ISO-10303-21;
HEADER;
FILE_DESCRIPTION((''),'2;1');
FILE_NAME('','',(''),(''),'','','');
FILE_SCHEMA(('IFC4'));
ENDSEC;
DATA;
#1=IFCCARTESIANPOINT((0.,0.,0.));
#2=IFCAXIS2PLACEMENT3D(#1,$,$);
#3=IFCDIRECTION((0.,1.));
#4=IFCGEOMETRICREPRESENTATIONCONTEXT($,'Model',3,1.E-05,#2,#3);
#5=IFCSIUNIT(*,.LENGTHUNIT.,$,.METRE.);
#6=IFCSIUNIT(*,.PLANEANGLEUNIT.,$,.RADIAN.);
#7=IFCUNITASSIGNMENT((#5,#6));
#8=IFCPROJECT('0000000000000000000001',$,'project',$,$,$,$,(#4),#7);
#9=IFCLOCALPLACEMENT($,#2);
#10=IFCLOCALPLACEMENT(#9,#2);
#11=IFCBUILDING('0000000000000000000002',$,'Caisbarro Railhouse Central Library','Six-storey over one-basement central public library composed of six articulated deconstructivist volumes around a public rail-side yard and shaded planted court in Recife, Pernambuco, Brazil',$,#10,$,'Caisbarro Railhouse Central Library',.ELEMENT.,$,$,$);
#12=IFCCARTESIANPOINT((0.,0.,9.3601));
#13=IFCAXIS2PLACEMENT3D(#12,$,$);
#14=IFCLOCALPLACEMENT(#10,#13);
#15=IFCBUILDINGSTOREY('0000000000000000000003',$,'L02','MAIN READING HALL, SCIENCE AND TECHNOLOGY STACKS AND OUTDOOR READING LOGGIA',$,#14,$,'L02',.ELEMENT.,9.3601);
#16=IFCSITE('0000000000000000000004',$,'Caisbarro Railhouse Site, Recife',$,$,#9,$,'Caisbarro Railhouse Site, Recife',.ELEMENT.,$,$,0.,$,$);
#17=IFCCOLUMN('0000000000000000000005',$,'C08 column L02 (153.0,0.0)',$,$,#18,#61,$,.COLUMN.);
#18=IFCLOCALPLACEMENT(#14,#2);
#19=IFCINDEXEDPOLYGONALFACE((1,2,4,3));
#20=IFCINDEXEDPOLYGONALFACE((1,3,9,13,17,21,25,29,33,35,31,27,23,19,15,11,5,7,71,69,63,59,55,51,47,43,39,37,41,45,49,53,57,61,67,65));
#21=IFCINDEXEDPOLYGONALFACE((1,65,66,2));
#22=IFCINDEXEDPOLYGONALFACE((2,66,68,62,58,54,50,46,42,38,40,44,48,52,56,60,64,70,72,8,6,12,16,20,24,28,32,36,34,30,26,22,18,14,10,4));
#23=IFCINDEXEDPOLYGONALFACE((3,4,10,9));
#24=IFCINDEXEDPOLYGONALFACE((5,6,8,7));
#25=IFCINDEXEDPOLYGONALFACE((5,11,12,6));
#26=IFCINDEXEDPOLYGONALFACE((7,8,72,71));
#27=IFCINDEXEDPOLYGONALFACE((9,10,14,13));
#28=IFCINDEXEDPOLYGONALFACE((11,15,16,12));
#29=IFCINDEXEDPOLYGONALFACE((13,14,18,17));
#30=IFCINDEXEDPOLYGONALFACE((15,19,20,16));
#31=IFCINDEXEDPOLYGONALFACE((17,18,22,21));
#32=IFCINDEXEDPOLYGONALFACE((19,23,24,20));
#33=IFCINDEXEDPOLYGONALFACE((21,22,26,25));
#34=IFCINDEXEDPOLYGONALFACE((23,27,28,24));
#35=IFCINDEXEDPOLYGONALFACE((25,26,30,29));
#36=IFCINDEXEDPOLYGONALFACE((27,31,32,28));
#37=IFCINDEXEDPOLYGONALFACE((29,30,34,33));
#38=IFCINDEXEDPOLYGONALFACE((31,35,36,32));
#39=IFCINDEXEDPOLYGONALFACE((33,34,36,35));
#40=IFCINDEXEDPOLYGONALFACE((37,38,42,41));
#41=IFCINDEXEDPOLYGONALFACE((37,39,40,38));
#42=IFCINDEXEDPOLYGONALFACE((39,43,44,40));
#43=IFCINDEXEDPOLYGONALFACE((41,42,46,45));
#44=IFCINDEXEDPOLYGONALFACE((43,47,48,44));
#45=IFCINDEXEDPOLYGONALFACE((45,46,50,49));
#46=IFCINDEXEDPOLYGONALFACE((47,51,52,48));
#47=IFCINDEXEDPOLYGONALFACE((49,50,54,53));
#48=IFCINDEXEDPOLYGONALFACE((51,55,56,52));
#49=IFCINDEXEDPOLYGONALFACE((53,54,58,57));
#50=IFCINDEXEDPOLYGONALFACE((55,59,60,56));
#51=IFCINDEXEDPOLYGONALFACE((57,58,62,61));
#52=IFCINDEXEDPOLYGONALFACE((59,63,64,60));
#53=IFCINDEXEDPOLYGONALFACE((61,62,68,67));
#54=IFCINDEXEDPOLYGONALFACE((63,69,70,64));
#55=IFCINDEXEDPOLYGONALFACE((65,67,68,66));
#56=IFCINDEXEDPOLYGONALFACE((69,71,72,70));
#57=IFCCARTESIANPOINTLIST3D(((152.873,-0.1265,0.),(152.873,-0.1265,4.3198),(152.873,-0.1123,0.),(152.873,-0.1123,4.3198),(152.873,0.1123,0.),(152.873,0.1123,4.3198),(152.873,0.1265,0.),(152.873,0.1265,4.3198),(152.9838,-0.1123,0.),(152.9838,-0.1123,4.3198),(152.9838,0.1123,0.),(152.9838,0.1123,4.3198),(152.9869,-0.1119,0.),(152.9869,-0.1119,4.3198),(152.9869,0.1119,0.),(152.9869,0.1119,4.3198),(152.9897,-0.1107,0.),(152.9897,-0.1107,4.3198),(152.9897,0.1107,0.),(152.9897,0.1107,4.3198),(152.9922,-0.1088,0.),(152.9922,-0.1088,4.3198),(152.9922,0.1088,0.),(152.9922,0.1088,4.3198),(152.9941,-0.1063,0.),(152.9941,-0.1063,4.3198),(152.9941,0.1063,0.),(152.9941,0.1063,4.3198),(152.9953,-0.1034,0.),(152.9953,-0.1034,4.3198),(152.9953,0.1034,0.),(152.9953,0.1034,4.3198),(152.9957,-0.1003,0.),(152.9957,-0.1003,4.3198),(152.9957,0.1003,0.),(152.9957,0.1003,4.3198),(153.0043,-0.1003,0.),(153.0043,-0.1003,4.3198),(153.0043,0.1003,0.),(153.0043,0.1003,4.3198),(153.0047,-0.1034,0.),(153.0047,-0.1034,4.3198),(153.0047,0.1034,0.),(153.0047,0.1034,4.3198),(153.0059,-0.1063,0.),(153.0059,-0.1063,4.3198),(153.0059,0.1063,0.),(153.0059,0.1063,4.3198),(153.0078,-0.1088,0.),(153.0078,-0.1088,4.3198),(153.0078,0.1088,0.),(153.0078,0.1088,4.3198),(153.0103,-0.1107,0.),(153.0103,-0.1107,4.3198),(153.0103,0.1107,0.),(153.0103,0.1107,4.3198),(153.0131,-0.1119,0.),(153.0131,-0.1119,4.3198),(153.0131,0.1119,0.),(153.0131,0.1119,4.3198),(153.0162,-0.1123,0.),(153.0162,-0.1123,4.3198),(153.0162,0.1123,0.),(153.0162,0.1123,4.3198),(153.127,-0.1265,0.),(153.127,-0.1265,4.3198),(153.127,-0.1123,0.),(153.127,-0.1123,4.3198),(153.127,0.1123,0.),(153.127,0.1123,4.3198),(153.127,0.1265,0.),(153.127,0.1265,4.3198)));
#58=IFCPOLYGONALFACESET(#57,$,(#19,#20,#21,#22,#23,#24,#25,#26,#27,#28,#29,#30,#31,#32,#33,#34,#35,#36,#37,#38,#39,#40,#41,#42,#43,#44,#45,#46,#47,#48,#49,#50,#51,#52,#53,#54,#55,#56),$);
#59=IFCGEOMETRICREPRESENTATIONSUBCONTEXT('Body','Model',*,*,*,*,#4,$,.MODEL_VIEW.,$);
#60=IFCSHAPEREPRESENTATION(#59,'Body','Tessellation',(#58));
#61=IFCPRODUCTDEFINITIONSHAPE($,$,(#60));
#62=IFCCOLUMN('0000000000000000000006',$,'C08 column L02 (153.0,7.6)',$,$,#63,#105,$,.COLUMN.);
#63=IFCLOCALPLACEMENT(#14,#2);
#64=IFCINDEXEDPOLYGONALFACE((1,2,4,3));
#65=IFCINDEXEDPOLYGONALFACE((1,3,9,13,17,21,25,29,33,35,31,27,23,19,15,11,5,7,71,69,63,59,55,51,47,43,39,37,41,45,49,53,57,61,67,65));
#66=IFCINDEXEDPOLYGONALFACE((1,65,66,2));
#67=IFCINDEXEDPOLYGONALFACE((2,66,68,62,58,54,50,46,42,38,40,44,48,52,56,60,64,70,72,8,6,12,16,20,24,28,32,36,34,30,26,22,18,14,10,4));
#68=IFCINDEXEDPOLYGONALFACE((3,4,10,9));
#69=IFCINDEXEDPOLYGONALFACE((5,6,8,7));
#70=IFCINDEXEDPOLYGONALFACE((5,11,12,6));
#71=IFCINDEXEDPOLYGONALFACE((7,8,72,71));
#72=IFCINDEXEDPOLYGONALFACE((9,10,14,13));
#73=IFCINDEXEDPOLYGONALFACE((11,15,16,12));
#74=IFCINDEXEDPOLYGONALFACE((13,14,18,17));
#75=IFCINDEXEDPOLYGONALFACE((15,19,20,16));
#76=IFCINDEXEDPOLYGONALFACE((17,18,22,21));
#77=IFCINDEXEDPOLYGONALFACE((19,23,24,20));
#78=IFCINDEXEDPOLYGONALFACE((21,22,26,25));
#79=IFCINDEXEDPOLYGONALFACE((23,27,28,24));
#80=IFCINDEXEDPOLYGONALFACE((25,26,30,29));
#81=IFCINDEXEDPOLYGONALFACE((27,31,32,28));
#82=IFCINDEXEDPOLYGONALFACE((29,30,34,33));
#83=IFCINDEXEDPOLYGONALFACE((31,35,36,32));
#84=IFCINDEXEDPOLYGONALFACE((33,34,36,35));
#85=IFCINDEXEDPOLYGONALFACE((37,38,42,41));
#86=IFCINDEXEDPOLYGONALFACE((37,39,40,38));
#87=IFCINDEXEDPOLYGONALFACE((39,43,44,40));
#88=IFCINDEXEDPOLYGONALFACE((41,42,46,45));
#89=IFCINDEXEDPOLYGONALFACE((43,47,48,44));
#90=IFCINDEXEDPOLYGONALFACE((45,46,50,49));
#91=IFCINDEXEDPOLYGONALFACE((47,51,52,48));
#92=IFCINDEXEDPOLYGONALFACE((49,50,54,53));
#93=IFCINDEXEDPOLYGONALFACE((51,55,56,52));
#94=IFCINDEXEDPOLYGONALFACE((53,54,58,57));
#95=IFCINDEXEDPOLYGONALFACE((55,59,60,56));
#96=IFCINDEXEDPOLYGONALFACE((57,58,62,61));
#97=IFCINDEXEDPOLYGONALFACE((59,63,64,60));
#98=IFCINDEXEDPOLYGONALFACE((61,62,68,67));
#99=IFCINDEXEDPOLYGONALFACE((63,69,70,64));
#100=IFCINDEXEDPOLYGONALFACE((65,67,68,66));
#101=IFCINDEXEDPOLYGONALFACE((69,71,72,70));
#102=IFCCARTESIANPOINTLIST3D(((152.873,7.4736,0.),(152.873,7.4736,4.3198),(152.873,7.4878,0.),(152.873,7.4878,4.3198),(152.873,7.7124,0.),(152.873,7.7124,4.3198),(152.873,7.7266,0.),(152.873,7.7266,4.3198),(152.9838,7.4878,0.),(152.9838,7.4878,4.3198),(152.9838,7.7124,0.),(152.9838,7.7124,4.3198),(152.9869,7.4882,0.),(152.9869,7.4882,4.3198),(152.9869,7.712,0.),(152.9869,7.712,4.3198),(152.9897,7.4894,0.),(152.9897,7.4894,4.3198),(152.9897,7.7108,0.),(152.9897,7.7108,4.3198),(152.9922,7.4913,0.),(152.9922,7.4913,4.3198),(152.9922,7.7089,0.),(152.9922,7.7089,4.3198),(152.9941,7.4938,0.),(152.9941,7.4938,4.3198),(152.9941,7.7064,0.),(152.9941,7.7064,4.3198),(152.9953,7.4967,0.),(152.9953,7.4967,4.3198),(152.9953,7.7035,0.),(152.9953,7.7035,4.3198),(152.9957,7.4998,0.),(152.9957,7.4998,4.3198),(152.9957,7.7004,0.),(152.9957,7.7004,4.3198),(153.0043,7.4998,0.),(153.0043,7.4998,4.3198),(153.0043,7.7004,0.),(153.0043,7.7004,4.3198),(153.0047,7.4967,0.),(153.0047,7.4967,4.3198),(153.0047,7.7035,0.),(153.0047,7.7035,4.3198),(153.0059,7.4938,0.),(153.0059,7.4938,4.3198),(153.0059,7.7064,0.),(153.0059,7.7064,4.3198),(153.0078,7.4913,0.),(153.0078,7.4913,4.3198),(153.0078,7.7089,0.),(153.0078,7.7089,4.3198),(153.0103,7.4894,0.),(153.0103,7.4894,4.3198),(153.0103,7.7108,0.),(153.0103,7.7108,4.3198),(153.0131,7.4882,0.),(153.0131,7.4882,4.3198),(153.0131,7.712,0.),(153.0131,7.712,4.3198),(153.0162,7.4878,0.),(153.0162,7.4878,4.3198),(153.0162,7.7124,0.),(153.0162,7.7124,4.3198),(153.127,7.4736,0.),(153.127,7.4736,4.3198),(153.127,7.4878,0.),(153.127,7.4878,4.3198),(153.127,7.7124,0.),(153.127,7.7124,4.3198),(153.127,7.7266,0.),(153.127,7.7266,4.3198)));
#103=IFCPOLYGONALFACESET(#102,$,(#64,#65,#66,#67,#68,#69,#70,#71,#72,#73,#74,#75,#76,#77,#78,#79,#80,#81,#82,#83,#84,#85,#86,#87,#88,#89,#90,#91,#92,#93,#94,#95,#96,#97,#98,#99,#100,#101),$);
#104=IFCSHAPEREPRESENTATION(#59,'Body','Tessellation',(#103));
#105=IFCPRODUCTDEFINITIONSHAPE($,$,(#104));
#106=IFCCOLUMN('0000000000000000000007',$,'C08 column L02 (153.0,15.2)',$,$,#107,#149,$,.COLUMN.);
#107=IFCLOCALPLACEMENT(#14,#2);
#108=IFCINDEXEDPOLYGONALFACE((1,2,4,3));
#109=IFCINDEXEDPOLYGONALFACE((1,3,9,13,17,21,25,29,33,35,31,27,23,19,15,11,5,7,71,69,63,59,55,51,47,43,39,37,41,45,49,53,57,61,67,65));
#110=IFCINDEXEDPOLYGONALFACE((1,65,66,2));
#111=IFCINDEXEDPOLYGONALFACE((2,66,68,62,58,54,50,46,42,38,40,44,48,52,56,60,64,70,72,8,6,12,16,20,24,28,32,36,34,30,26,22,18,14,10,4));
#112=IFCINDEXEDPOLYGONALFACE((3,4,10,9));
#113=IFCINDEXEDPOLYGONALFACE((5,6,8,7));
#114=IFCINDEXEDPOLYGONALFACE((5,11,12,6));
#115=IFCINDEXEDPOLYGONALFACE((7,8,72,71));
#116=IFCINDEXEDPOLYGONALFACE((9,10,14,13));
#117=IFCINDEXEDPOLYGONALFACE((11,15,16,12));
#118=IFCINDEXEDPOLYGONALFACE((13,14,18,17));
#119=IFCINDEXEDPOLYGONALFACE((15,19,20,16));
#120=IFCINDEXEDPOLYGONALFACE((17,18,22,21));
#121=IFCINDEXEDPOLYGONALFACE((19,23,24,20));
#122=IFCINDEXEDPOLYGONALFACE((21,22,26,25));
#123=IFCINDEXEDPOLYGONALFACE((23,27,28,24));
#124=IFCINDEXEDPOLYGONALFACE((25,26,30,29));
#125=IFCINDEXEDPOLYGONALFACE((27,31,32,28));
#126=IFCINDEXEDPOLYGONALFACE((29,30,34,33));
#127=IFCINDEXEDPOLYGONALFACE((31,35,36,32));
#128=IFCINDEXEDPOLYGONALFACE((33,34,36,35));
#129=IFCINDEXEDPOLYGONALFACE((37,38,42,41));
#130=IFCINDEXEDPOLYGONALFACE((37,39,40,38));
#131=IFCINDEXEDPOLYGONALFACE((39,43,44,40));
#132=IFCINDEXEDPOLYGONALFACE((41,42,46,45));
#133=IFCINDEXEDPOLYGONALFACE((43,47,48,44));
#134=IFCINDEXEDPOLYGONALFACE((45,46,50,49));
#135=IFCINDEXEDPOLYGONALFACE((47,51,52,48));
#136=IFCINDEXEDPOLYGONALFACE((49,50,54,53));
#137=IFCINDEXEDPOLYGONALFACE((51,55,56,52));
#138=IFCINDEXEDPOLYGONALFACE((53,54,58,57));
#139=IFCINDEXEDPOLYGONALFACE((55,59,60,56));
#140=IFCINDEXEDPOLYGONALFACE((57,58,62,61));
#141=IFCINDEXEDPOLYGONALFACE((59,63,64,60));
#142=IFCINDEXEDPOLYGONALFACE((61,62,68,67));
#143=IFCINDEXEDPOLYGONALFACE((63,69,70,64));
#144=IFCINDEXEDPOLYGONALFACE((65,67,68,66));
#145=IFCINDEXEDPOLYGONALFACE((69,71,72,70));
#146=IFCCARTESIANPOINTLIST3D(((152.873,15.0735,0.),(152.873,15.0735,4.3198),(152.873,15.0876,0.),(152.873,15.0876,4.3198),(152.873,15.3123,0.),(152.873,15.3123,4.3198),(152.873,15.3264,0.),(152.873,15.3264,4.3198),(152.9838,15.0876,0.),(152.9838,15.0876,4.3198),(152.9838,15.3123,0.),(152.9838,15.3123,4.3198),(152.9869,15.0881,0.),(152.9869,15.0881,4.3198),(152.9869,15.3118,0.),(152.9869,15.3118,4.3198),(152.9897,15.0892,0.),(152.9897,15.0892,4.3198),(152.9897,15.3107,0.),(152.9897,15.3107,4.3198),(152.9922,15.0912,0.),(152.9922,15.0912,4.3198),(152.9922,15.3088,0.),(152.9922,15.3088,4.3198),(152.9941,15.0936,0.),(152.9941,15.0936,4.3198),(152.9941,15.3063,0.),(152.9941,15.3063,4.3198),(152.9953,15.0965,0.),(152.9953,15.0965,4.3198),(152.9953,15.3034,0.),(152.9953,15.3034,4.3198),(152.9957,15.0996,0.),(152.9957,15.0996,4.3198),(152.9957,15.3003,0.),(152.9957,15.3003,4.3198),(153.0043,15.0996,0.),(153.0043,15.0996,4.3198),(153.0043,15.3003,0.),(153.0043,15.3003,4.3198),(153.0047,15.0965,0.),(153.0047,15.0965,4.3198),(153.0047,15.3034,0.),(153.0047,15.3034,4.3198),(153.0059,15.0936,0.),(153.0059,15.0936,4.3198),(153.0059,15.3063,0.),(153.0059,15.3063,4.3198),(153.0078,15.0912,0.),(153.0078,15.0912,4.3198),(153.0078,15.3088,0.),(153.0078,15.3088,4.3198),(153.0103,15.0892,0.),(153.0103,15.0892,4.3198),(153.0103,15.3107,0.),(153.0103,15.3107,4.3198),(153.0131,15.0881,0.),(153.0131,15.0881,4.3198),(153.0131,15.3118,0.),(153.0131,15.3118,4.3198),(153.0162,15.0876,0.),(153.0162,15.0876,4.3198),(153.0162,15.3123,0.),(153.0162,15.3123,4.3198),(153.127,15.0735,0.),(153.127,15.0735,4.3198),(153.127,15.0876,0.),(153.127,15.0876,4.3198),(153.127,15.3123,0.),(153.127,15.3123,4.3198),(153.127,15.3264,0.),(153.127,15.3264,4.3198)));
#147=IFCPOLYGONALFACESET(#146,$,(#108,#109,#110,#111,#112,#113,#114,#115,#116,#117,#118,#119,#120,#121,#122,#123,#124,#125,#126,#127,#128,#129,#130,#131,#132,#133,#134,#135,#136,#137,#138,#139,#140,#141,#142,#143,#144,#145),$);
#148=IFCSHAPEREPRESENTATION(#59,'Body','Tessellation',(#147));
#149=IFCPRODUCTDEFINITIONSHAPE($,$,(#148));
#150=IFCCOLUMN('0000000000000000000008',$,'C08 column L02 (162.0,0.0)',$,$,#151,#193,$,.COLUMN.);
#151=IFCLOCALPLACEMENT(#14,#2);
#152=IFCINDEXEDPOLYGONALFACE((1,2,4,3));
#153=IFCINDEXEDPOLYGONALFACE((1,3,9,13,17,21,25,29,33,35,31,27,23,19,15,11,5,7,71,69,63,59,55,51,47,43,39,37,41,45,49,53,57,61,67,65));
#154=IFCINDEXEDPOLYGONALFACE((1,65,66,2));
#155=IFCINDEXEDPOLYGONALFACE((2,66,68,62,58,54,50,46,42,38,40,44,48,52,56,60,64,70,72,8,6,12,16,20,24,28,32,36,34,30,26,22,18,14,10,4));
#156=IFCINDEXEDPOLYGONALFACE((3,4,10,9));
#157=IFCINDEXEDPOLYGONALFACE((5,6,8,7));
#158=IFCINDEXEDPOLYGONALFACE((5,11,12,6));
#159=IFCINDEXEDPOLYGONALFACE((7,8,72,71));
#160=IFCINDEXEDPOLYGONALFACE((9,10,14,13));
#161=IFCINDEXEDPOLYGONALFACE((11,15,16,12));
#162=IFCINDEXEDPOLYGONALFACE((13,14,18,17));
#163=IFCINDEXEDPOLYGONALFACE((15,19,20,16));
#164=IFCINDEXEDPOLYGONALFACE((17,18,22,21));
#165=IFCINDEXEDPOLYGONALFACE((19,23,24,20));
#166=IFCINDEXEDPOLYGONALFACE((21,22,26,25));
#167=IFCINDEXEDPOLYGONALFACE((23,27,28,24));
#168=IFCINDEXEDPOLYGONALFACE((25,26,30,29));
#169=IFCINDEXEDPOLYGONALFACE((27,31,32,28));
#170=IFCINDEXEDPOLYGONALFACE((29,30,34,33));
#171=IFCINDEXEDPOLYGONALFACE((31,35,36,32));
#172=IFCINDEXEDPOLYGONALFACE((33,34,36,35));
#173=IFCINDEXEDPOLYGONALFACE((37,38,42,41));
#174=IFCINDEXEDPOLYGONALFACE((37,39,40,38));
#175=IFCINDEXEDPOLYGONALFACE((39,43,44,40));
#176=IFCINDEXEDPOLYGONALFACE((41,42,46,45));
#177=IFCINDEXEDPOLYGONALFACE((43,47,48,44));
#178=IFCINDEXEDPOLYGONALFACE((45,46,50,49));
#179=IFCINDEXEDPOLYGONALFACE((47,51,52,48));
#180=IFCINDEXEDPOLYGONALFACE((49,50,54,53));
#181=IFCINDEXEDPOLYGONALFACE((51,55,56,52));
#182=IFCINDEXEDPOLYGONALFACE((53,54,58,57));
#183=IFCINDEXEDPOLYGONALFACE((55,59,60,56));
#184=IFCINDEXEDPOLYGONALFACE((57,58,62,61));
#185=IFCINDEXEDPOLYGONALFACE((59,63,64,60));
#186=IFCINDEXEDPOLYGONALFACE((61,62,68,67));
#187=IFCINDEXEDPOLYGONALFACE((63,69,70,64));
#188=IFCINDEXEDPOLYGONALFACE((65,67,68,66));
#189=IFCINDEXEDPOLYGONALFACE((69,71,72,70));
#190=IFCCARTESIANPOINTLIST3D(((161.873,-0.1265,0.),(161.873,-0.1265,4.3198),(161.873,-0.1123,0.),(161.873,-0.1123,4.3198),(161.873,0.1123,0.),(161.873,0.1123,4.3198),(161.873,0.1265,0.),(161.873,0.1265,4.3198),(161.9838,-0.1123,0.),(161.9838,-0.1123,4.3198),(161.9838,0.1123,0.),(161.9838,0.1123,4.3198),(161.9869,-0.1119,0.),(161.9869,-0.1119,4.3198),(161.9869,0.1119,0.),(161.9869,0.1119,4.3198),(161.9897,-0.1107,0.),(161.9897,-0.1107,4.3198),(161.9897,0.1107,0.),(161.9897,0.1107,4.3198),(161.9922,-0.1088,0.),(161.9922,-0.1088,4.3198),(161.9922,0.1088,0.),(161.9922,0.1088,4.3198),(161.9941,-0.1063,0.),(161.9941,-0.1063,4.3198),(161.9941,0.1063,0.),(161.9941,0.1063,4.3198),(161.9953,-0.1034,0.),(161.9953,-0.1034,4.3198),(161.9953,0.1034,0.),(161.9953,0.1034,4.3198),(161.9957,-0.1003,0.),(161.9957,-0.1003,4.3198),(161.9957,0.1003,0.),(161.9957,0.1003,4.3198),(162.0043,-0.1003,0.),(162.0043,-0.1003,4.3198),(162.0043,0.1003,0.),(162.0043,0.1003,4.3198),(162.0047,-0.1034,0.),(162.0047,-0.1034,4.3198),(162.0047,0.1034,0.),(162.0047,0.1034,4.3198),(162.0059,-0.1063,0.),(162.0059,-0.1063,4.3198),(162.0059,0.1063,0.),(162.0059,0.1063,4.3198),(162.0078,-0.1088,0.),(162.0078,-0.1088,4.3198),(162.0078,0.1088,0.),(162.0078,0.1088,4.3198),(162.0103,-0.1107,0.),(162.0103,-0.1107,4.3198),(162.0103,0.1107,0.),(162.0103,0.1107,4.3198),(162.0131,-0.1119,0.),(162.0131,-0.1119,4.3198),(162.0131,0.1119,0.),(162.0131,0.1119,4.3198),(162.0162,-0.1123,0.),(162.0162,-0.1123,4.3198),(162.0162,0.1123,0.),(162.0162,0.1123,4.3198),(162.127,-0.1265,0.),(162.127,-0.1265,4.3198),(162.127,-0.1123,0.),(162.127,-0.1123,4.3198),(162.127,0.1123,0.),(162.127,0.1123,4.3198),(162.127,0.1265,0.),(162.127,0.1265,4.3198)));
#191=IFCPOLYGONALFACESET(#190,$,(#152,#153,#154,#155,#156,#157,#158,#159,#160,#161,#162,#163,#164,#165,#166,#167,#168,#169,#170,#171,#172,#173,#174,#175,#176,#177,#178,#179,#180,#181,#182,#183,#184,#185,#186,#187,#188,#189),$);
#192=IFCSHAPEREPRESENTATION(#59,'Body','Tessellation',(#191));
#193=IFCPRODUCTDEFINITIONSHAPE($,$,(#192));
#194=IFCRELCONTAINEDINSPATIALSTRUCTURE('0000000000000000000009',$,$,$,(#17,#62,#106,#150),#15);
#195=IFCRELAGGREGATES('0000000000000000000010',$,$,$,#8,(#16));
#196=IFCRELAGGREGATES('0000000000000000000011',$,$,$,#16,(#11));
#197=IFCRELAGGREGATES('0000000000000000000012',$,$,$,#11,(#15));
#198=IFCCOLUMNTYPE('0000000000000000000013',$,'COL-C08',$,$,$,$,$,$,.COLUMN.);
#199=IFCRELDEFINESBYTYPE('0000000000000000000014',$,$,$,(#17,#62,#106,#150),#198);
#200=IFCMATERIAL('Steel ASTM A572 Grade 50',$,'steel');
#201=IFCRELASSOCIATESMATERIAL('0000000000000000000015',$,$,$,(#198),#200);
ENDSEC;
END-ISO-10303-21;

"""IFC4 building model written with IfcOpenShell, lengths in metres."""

from ifc_helpers import new_model, si_unit, direction, frame, origin, origin_2d, place, context, subcontext, project, spatial, i_section, extrude, material, material_profile, profile_set, type_object, element, save


model = new_model("IFC4")

# Units and contexts
model_context = context("Model", 3, precision=1e-05, world=origin(), true_north=direction((0.0, 1.0)))
body_context = subcontext(model_context, "Body", "Model", "MODEL_VIEW")
ifc_project = project(units=[si_unit("LENGTHUNIT", "METRE"), si_unit("PLANEANGLEUNIT", "RADIAN")], contexts=[model_context])

# Site, building, storey
site_placement = place(None, origin())
site = spatial("IfcSite", under=ifc_project, at=site_placement, Name="Caisbarro Railhouse Site, Recife", LongName="Caisbarro Railhouse Site, Recife", CompositionType="ELEMENT", RefElevation=0.0)
building_placement = place(site_placement, origin())
building = spatial("IfcBuilding", under=site, at=building_placement, Name="Caisbarro Railhouse Central Library", Description="Six-storey over one-basement central public library composed of six articulated deconstructivist volumes around a public rail-side yard and shaded planted court in Recife, Pernambuco, Brazil", LongName="Caisbarro Railhouse Central Library", CompositionType="ELEMENT")
storey_placement = place(building_placement, frame((0.0, 0.0, 9.3601)))
storey = spatial("IfcBuildingStorey", under=building, at=storey_placement, Name="L02", Description="MAIN READING HALL, SCIENCE AND TECHNOLOGY STACKS AND OUTDOOR READING LOGGIA", LongName="L02", CompositionType="ELEMENT", Elevation=9.3601)

# Columns
ifc_material_1 = material(Name="Steel ASTM A572 Grade 50", Category="steel")
ifc_material_profile_1 = material_profile(ifc_material_1, i_section(OverallWidth=0.2539, OverallDepth=0.2529, WebThickness=0.0085, FlangeThickness=0.0142, FilletRadius=0.012, at=origin_2d()), Name="W250X73.0")
ifc_profile_set_1 = profile_set([ifc_material_profile_1], Name="Steel ASTM A572 Grade 50")
column_type = type_object("IfcColumnType", Name="COL-C08", PredefinedType="COLUMN", material=ifc_profile_set_1)
for number, where, z_axis, x_axis, name in (
    (1, (153.0, 0.0, 0.0), (0.0, 0.0, 1.0), (1.0, 0.0, 0.0), "C08 column L02 (153.0,0.0)"),
    (2, (153.0, 7.6001, 0.0), (0.0, 0.0, 1.0), (1.0, 0.0, 0.0), "C08 column L02 (153.0,7.6)"),
    (3, (153.0, 15.2, 0.0), (0.0, 0.0, 1.0), (1.0, 0.0, 0.0), "C08 column L02 (153.0,15.2)"),
    (4, (162.0, 0.0, 0.0), (0.0, 0.0, 1.0), (1.0, 0.0, 0.0), "C08 column L02 (162.0,0.0)"),
):
    element("IfcColumn", number, at=place(storey_placement, frame(where, z_axis=z_axis, x_axis=x_axis)), inside=storey, type_object=column_type, Name=name, PredefinedType="COLUMN", context=body_context, shape_type="SweptSolid", body=[
        extrude(i_section(OverallWidth=0.2539, OverallDepth=0.2529, WebThickness=0.0085, FlangeThickness=0.0142, FilletRadius=0.012, at=origin_2d()), origin(), (0.0, 0.0, 1.0), 4.3198),
    ])

save(model, "model.ifc")
